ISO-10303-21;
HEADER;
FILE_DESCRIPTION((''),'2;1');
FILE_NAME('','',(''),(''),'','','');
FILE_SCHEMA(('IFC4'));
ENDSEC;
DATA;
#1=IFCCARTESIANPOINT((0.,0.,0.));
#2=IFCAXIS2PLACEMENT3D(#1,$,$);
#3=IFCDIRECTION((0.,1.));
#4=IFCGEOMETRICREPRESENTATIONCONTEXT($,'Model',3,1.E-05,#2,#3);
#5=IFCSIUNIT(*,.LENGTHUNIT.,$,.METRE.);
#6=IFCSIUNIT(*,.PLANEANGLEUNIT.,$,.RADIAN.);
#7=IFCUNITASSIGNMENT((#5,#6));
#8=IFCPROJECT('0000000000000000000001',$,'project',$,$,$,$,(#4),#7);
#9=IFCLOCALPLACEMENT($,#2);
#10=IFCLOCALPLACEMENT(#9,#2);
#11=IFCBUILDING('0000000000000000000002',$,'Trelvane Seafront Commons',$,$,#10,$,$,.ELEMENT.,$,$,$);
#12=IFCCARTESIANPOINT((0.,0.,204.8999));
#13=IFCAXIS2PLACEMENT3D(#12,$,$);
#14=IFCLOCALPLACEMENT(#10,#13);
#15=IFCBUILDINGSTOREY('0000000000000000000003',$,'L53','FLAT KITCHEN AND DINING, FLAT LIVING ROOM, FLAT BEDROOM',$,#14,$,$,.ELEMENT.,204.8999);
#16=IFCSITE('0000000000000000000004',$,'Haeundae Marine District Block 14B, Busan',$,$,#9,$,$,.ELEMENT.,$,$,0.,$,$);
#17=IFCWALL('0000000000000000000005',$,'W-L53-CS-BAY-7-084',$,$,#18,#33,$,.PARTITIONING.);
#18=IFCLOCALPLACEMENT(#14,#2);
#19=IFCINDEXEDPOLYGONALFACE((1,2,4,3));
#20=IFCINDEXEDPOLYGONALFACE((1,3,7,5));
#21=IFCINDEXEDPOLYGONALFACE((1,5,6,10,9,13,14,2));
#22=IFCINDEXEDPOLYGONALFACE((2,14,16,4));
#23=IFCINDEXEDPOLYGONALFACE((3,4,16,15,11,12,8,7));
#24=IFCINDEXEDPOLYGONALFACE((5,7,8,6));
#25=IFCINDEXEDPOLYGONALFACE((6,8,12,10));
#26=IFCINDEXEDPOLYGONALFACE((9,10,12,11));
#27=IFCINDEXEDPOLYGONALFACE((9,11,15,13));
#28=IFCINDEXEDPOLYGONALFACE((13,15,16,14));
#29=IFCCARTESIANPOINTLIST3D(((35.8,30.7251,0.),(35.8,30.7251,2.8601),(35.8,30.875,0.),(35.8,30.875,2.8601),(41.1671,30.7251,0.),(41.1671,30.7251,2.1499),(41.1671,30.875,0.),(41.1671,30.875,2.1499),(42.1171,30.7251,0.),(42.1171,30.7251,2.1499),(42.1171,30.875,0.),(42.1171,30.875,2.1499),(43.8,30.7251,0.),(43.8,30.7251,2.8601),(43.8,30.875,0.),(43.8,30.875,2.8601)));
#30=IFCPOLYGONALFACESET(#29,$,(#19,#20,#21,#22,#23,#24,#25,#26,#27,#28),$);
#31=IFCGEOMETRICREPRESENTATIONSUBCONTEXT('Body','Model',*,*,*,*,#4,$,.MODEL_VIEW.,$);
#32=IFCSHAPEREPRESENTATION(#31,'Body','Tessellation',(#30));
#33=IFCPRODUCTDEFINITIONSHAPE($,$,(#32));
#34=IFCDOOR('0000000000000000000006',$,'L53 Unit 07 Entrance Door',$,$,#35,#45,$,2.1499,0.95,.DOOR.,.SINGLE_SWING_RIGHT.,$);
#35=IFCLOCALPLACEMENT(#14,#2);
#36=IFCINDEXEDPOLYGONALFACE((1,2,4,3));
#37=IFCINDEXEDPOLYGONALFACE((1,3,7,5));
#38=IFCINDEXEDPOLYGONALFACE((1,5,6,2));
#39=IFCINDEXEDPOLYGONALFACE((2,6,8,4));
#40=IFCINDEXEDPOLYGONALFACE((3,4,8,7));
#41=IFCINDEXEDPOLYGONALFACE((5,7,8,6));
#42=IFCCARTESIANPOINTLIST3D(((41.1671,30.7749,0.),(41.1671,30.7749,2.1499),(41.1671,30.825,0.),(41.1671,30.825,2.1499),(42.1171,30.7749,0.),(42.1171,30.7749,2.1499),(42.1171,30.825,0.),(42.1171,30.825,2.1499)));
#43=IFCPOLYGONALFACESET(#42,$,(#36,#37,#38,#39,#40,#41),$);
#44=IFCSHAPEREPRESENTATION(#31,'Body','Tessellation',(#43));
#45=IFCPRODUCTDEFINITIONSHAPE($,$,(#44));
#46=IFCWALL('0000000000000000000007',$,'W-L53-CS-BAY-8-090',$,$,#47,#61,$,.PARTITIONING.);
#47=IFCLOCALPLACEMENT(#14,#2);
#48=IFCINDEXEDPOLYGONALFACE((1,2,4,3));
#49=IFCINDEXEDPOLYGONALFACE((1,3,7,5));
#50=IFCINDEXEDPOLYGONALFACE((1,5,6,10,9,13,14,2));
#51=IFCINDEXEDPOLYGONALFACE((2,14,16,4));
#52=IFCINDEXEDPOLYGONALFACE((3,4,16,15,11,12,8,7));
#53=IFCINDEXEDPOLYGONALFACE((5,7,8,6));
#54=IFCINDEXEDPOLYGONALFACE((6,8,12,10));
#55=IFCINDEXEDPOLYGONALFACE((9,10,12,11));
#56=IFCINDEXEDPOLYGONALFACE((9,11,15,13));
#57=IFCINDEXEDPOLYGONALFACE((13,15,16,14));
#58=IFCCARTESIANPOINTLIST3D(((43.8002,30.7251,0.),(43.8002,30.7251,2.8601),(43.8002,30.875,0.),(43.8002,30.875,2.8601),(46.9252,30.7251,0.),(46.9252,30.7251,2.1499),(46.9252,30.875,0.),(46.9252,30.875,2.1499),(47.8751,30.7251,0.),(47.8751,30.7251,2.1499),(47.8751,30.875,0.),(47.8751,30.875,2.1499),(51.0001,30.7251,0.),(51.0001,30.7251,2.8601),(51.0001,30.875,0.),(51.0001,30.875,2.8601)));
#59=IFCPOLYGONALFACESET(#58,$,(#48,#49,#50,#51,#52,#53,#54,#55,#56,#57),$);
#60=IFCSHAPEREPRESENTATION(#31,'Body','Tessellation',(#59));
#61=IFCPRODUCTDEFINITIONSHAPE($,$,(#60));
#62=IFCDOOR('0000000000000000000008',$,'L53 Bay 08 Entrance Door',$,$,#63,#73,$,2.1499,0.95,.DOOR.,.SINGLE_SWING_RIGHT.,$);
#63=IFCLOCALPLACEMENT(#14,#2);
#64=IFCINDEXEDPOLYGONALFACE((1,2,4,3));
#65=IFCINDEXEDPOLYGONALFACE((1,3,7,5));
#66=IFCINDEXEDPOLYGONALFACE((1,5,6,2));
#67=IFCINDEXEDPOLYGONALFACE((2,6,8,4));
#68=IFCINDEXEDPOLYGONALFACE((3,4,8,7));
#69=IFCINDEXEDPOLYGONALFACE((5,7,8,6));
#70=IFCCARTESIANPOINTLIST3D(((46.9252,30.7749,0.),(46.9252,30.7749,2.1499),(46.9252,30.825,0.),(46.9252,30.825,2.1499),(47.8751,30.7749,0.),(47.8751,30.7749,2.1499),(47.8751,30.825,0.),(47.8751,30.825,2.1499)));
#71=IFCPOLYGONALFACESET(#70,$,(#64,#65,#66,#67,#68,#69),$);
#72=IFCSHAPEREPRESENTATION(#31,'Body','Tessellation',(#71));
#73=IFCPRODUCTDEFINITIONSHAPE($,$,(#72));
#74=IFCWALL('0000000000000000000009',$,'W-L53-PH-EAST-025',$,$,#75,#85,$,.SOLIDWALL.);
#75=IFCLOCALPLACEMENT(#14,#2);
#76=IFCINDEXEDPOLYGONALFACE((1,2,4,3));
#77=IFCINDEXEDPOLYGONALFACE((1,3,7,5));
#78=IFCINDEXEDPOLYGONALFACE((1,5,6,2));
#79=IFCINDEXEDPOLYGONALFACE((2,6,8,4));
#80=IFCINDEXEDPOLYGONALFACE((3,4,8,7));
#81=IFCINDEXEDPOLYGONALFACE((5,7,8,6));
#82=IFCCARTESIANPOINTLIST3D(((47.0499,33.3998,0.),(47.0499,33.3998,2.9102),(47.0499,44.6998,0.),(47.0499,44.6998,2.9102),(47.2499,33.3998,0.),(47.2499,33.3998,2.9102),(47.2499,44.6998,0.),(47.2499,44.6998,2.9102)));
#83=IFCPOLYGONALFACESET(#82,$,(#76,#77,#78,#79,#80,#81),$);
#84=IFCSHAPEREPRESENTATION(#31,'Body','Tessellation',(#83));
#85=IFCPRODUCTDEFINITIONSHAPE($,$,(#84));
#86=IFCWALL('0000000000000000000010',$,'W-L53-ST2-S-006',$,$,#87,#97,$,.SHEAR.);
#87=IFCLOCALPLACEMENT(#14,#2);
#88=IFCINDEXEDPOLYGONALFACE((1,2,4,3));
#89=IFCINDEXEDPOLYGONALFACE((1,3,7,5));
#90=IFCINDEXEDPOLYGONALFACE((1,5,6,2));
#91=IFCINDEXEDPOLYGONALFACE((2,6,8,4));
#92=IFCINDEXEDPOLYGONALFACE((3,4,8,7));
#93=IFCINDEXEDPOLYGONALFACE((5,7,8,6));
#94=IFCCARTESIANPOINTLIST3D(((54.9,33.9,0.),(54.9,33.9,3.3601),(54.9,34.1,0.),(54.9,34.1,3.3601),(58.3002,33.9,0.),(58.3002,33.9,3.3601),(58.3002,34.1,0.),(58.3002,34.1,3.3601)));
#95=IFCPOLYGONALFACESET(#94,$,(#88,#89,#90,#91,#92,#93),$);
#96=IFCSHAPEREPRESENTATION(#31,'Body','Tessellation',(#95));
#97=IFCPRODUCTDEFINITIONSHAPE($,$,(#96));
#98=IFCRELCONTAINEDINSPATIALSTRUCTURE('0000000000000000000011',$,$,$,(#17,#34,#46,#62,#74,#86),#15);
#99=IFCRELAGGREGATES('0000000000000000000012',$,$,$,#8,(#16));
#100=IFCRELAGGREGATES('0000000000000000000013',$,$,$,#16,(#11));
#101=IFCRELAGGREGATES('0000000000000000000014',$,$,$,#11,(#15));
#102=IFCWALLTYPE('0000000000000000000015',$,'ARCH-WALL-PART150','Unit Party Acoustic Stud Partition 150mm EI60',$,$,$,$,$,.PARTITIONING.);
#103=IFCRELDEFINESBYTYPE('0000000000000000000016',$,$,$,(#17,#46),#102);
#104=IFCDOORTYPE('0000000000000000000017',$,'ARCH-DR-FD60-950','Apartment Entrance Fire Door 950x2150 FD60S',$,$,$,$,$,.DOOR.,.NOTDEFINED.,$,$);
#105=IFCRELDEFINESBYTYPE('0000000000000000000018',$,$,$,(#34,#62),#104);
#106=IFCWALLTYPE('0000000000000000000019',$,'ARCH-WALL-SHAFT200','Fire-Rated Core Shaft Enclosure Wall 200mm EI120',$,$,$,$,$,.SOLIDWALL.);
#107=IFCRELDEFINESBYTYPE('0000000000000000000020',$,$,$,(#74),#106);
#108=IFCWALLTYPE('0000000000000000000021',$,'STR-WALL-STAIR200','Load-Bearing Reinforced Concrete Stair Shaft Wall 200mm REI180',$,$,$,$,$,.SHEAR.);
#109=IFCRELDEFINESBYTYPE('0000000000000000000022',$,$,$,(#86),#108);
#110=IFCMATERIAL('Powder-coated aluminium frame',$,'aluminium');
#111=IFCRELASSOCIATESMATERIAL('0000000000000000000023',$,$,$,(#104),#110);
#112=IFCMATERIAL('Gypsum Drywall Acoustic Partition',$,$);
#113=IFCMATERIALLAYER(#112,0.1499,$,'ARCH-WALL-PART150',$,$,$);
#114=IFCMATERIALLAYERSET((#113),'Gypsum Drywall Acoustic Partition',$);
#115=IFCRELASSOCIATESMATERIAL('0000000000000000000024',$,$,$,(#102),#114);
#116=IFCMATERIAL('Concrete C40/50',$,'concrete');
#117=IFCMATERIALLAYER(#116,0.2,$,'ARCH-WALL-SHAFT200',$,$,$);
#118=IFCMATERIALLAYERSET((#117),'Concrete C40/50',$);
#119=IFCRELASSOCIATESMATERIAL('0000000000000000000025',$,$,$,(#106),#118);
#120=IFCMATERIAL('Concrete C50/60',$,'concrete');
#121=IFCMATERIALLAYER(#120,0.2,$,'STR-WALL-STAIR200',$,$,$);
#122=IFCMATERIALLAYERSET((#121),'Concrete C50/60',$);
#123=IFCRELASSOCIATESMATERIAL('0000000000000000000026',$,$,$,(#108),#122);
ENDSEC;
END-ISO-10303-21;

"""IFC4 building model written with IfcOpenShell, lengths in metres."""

from ifc_helpers import new_model, si_unit, direction, frame, frame_2d, origin, place, context, subcontext, project, spatial, rectangle, extrude, source, transform, mapped, material, layer, layer_set, type_object, element, fill, save


model = new_model("IFC4")

# Units and contexts
model_context = context("Model", 3, precision=1e-05, world=origin(), true_north=direction((0.0, 1.0)))
body_context = subcontext(model_context, "Body", "Model", "MODEL_VIEW")
ifc_project = project(units=[si_unit("LENGTHUNIT", "METRE"), si_unit("PLANEANGLEUNIT", "RADIAN")], contexts=[model_context])

# Site, building, storey
site_placement = place(None, origin())
site = spatial("IfcSite", under=ifc_project, at=site_placement, Name="Haeundae Marine District Block 14B, Busan", CompositionType="ELEMENT", RefElevation=0.0)
building_placement = place(site_placement, origin())
building = spatial("IfcBuilding", under=site, at=building_placement, Name="Trelvane Seafront Commons", CompositionType="ELEMENT")
storey_placement = place(building_placement, frame((0.0, 0.0, 204.8999)))
storey = spatial("IfcBuildingStorey", under=building, at=storey_placement, Name="L53", Description="FLAT KITCHEN AND DINING, FLAT LIVING ROOM, FLAT BEDROOM", CompositionType="ELEMENT", Elevation=204.8999)

# Shared definitions
ifc_material_1 = material(Name="Concrete C50/60", Category="concrete")

# Shared definitions
ifc_material_2 = material(Name="Concrete C40/50", Category="concrete")
ifc_material_3 = material(Name="Powder-coated aluminium frame", Category="aluminium")
door_type_1 = type_object("IfcDoorType", Name="ARCH-DR-FD60-950", Description="Apartment Entrance Fire Door 950x2150 FD60S", OperationType="NOTDEFINED", PredefinedType="DOOR", material=ifc_material_3)
shared_shape_1 = source(origin(), body_context, "Body", "SweptSolid", [
    extrude(rectangle(XDim=0.95, YDim=2.1499, at=frame_2d((0.4751, 1.075))), frame((0.0, 0.0249, 0.0), z_axis=(0.0, -1.0, 0.0), x_axis=(1.0, 0.0, 0.0)), (0.0, 0.0, 1.0), 0.05),
])

# Shared definitions
ifc_material_4 = material(Name="Gypsum Drywall Acoustic Partition")

# Walls, openings, doors
ifc_layer_1 = layer(ifc_material_4, 0.1499, Name="ARCH-WALL-PART150")
ifc_layer_set_1 = layer_set([ifc_layer_1], Name="Gypsum Drywall Acoustic Partition")
wall_type_1 = type_object("IfcWallType", Name="ARCH-WALL-PART150", Description="Unit Party Acoustic Stud Partition 150mm EI60", PredefinedType="PARTITIONING", material=ifc_layer_set_1)
wall_1_placement = place(storey_placement, frame((35.8, 30.8, 0.0), z_axis=(0.0, 0.0, 1.0), x_axis=(1.0, 0.0, 0.0)))
wall_1 = element("IfcWall", 1, at=wall_1_placement, inside=storey, type_object=wall_type_1, Name="W-L53-CS-BAY-7-084", PredefinedType="PARTITIONING", context=body_context, shape_type="SweptSolid", body=[
    extrude(rectangle(XDim=8.0, YDim=0.1499, at=frame_2d((4.0, 0.0))), origin(), (0.0, 0.0, 1.0), 2.8601),
])
opening_1_placement = place(wall_1_placement, frame((5.3669, 0.0, 0.0)))
opening_1 = element("IfcOpeningElement", 2, at=opening_1_placement, cuts=wall_1, PredefinedType="OPENING", context=body_context, shape_type="SweptSolid", body=[
    extrude(rectangle(XDim=0.95, YDim=2.1499, at=frame_2d((0.4751, 1.075))), frame((0.0, 0.085, 0.0), z_axis=(0.0, -1.0, 0.0), x_axis=(1.0, 0.0, 0.0)), (0.0, 0.0, 1.0), 0.1699),
])
door_1_placement = place(opening_1_placement, origin())
door_1 = element("IfcDoor", 3, at=door_1_placement, inside=storey, type_object=door_type_1, Name="L53 Unit 07 Entrance Door", OperationType="SINGLE_SWING_RIGHT", OverallHeight=2.1499, OverallWidth=0.95, PredefinedType="DOOR", context=body_context, shape_type="MappedRepresentation", body=[
    mapped(shared_shape_1, transform((0.0, 0.0, 0.0), x_axis=(1.0, 0.0, 0.0), y_axis=(0.0, 1.0, 0.0), z_axis=(0.0, 0.0, 1.0), scale=1.0)),
])
fill(opening_1, door_1)
wall_2_placement = place(storey_placement, frame((43.8, 30.8, 0.0), z_axis=(0.0, 0.0, 1.0), x_axis=(1.0, 0.0, 0.0)))
wall_2 = element("IfcWall", 4, at=wall_2_placement, inside=storey, type_object=wall_type_1, Name="W-L53-CS-BAY-8-090", PredefinedType="PARTITIONING", context=body_context, shape_type="SweptSolid", body=[
    extrude(rectangle(XDim=7.2, YDim=0.1499, at=frame_2d((3.6001, 0.0))), origin(), (0.0, 0.0, 1.0), 2.8601),
])
opening_2_placement = place(wall_2_placement, frame((3.125, 0.0, 0.0)))
opening_2 = element("IfcOpeningElement", 5, at=opening_2_placement, cuts=wall_2, PredefinedType="OPENING", context=body_context, shape_type="SweptSolid", body=[
    extrude(rectangle(XDim=0.95, YDim=2.1499, at=frame_2d((0.4751, 1.075))), frame((0.0, 0.085, 0.0), z_axis=(0.0, -1.0, 0.0), x_axis=(1.0, 0.0, 0.0)), (0.0, 0.0, 1.0), 0.1699),
])
door_2_placement = place(opening_2_placement, origin())
door_2 = element("IfcDoor", 6, at=door_2_placement, inside=storey, type_object=door_type_1, Name="L53 Bay 08 Entrance Door", OperationType="SINGLE_SWING_RIGHT", OverallHeight=2.1499, OverallWidth=0.95, PredefinedType="DOOR", context=body_context, shape_type="MappedRepresentation", body=[
    mapped(shared_shape_1, transform((0.0, 0.0, 0.0), x_axis=(1.0, 0.0, 0.0), y_axis=(0.0, 1.0, 0.0), z_axis=(0.0, 0.0, 1.0), scale=1.0)),
])
fill(opening_2, door_2)

# Walls
ifc_layer_2 = layer(ifc_material_2, 0.2, Name="ARCH-WALL-SHAFT200")
ifc_layer_set_2 = layer_set([ifc_layer_2], Name="Concrete C40/50")
wall_type_2 = type_object("IfcWallType", Name="ARCH-WALL-SHAFT200", Description="Fire-Rated Core Shaft Enclosure Wall 200mm EI120", PredefinedType="SOLIDWALL", material=ifc_layer_set_2)
wall_3_placement = place(storey_placement, frame((47.1499, 33.3999, 0.0), z_axis=(0.0, 0.0, 1.0), x_axis=(0.0, 1.0, 0.0)))
element("IfcWall", 7, at=wall_3_placement, inside=storey, type_object=wall_type_2, Name="W-L53-PH-EAST-025", PredefinedType="SOLIDWALL", context=body_context, shape_type="SweptSolid", body=[
    extrude(rectangle(XDim=11.3, YDim=0.2, at=frame_2d((5.6499, 0.0))), origin(), (0.0, 0.0, 1.0), 2.9102),
])
ifc_layer_3 = layer(ifc_material_1, 0.2, Name="STR-WALL-STAIR200")
ifc_layer_set_3 = layer_set([ifc_layer_3], Name="Concrete C50/60")
wall_type_3 = type_object("IfcWallType", Name="STR-WALL-STAIR200", Description="Load-Bearing Reinforced Concrete Stair Shaft Wall 200mm REI180", PredefinedType="SHEAR", material=ifc_layer_set_3)
wall_4_placement = place(storey_placement, frame((54.8999, 34.0, 0.0), z_axis=(0.0, 0.0, 1.0), x_axis=(1.0, 0.0, 0.0)))
element("IfcWall", 8, at=wall_4_placement, inside=storey, type_object=wall_type_3, Name="W-L53-ST2-S-006", PredefinedType="SHEAR", context=body_context, shape_type="SweptSolid", body=[
    extrude(rectangle(XDim=3.4001, YDim=0.2, at=frame_2d((1.7002, 0.0))), origin(), (0.0, 0.0, 1.0), 3.3601),
])

save(model, "model.ifc")
